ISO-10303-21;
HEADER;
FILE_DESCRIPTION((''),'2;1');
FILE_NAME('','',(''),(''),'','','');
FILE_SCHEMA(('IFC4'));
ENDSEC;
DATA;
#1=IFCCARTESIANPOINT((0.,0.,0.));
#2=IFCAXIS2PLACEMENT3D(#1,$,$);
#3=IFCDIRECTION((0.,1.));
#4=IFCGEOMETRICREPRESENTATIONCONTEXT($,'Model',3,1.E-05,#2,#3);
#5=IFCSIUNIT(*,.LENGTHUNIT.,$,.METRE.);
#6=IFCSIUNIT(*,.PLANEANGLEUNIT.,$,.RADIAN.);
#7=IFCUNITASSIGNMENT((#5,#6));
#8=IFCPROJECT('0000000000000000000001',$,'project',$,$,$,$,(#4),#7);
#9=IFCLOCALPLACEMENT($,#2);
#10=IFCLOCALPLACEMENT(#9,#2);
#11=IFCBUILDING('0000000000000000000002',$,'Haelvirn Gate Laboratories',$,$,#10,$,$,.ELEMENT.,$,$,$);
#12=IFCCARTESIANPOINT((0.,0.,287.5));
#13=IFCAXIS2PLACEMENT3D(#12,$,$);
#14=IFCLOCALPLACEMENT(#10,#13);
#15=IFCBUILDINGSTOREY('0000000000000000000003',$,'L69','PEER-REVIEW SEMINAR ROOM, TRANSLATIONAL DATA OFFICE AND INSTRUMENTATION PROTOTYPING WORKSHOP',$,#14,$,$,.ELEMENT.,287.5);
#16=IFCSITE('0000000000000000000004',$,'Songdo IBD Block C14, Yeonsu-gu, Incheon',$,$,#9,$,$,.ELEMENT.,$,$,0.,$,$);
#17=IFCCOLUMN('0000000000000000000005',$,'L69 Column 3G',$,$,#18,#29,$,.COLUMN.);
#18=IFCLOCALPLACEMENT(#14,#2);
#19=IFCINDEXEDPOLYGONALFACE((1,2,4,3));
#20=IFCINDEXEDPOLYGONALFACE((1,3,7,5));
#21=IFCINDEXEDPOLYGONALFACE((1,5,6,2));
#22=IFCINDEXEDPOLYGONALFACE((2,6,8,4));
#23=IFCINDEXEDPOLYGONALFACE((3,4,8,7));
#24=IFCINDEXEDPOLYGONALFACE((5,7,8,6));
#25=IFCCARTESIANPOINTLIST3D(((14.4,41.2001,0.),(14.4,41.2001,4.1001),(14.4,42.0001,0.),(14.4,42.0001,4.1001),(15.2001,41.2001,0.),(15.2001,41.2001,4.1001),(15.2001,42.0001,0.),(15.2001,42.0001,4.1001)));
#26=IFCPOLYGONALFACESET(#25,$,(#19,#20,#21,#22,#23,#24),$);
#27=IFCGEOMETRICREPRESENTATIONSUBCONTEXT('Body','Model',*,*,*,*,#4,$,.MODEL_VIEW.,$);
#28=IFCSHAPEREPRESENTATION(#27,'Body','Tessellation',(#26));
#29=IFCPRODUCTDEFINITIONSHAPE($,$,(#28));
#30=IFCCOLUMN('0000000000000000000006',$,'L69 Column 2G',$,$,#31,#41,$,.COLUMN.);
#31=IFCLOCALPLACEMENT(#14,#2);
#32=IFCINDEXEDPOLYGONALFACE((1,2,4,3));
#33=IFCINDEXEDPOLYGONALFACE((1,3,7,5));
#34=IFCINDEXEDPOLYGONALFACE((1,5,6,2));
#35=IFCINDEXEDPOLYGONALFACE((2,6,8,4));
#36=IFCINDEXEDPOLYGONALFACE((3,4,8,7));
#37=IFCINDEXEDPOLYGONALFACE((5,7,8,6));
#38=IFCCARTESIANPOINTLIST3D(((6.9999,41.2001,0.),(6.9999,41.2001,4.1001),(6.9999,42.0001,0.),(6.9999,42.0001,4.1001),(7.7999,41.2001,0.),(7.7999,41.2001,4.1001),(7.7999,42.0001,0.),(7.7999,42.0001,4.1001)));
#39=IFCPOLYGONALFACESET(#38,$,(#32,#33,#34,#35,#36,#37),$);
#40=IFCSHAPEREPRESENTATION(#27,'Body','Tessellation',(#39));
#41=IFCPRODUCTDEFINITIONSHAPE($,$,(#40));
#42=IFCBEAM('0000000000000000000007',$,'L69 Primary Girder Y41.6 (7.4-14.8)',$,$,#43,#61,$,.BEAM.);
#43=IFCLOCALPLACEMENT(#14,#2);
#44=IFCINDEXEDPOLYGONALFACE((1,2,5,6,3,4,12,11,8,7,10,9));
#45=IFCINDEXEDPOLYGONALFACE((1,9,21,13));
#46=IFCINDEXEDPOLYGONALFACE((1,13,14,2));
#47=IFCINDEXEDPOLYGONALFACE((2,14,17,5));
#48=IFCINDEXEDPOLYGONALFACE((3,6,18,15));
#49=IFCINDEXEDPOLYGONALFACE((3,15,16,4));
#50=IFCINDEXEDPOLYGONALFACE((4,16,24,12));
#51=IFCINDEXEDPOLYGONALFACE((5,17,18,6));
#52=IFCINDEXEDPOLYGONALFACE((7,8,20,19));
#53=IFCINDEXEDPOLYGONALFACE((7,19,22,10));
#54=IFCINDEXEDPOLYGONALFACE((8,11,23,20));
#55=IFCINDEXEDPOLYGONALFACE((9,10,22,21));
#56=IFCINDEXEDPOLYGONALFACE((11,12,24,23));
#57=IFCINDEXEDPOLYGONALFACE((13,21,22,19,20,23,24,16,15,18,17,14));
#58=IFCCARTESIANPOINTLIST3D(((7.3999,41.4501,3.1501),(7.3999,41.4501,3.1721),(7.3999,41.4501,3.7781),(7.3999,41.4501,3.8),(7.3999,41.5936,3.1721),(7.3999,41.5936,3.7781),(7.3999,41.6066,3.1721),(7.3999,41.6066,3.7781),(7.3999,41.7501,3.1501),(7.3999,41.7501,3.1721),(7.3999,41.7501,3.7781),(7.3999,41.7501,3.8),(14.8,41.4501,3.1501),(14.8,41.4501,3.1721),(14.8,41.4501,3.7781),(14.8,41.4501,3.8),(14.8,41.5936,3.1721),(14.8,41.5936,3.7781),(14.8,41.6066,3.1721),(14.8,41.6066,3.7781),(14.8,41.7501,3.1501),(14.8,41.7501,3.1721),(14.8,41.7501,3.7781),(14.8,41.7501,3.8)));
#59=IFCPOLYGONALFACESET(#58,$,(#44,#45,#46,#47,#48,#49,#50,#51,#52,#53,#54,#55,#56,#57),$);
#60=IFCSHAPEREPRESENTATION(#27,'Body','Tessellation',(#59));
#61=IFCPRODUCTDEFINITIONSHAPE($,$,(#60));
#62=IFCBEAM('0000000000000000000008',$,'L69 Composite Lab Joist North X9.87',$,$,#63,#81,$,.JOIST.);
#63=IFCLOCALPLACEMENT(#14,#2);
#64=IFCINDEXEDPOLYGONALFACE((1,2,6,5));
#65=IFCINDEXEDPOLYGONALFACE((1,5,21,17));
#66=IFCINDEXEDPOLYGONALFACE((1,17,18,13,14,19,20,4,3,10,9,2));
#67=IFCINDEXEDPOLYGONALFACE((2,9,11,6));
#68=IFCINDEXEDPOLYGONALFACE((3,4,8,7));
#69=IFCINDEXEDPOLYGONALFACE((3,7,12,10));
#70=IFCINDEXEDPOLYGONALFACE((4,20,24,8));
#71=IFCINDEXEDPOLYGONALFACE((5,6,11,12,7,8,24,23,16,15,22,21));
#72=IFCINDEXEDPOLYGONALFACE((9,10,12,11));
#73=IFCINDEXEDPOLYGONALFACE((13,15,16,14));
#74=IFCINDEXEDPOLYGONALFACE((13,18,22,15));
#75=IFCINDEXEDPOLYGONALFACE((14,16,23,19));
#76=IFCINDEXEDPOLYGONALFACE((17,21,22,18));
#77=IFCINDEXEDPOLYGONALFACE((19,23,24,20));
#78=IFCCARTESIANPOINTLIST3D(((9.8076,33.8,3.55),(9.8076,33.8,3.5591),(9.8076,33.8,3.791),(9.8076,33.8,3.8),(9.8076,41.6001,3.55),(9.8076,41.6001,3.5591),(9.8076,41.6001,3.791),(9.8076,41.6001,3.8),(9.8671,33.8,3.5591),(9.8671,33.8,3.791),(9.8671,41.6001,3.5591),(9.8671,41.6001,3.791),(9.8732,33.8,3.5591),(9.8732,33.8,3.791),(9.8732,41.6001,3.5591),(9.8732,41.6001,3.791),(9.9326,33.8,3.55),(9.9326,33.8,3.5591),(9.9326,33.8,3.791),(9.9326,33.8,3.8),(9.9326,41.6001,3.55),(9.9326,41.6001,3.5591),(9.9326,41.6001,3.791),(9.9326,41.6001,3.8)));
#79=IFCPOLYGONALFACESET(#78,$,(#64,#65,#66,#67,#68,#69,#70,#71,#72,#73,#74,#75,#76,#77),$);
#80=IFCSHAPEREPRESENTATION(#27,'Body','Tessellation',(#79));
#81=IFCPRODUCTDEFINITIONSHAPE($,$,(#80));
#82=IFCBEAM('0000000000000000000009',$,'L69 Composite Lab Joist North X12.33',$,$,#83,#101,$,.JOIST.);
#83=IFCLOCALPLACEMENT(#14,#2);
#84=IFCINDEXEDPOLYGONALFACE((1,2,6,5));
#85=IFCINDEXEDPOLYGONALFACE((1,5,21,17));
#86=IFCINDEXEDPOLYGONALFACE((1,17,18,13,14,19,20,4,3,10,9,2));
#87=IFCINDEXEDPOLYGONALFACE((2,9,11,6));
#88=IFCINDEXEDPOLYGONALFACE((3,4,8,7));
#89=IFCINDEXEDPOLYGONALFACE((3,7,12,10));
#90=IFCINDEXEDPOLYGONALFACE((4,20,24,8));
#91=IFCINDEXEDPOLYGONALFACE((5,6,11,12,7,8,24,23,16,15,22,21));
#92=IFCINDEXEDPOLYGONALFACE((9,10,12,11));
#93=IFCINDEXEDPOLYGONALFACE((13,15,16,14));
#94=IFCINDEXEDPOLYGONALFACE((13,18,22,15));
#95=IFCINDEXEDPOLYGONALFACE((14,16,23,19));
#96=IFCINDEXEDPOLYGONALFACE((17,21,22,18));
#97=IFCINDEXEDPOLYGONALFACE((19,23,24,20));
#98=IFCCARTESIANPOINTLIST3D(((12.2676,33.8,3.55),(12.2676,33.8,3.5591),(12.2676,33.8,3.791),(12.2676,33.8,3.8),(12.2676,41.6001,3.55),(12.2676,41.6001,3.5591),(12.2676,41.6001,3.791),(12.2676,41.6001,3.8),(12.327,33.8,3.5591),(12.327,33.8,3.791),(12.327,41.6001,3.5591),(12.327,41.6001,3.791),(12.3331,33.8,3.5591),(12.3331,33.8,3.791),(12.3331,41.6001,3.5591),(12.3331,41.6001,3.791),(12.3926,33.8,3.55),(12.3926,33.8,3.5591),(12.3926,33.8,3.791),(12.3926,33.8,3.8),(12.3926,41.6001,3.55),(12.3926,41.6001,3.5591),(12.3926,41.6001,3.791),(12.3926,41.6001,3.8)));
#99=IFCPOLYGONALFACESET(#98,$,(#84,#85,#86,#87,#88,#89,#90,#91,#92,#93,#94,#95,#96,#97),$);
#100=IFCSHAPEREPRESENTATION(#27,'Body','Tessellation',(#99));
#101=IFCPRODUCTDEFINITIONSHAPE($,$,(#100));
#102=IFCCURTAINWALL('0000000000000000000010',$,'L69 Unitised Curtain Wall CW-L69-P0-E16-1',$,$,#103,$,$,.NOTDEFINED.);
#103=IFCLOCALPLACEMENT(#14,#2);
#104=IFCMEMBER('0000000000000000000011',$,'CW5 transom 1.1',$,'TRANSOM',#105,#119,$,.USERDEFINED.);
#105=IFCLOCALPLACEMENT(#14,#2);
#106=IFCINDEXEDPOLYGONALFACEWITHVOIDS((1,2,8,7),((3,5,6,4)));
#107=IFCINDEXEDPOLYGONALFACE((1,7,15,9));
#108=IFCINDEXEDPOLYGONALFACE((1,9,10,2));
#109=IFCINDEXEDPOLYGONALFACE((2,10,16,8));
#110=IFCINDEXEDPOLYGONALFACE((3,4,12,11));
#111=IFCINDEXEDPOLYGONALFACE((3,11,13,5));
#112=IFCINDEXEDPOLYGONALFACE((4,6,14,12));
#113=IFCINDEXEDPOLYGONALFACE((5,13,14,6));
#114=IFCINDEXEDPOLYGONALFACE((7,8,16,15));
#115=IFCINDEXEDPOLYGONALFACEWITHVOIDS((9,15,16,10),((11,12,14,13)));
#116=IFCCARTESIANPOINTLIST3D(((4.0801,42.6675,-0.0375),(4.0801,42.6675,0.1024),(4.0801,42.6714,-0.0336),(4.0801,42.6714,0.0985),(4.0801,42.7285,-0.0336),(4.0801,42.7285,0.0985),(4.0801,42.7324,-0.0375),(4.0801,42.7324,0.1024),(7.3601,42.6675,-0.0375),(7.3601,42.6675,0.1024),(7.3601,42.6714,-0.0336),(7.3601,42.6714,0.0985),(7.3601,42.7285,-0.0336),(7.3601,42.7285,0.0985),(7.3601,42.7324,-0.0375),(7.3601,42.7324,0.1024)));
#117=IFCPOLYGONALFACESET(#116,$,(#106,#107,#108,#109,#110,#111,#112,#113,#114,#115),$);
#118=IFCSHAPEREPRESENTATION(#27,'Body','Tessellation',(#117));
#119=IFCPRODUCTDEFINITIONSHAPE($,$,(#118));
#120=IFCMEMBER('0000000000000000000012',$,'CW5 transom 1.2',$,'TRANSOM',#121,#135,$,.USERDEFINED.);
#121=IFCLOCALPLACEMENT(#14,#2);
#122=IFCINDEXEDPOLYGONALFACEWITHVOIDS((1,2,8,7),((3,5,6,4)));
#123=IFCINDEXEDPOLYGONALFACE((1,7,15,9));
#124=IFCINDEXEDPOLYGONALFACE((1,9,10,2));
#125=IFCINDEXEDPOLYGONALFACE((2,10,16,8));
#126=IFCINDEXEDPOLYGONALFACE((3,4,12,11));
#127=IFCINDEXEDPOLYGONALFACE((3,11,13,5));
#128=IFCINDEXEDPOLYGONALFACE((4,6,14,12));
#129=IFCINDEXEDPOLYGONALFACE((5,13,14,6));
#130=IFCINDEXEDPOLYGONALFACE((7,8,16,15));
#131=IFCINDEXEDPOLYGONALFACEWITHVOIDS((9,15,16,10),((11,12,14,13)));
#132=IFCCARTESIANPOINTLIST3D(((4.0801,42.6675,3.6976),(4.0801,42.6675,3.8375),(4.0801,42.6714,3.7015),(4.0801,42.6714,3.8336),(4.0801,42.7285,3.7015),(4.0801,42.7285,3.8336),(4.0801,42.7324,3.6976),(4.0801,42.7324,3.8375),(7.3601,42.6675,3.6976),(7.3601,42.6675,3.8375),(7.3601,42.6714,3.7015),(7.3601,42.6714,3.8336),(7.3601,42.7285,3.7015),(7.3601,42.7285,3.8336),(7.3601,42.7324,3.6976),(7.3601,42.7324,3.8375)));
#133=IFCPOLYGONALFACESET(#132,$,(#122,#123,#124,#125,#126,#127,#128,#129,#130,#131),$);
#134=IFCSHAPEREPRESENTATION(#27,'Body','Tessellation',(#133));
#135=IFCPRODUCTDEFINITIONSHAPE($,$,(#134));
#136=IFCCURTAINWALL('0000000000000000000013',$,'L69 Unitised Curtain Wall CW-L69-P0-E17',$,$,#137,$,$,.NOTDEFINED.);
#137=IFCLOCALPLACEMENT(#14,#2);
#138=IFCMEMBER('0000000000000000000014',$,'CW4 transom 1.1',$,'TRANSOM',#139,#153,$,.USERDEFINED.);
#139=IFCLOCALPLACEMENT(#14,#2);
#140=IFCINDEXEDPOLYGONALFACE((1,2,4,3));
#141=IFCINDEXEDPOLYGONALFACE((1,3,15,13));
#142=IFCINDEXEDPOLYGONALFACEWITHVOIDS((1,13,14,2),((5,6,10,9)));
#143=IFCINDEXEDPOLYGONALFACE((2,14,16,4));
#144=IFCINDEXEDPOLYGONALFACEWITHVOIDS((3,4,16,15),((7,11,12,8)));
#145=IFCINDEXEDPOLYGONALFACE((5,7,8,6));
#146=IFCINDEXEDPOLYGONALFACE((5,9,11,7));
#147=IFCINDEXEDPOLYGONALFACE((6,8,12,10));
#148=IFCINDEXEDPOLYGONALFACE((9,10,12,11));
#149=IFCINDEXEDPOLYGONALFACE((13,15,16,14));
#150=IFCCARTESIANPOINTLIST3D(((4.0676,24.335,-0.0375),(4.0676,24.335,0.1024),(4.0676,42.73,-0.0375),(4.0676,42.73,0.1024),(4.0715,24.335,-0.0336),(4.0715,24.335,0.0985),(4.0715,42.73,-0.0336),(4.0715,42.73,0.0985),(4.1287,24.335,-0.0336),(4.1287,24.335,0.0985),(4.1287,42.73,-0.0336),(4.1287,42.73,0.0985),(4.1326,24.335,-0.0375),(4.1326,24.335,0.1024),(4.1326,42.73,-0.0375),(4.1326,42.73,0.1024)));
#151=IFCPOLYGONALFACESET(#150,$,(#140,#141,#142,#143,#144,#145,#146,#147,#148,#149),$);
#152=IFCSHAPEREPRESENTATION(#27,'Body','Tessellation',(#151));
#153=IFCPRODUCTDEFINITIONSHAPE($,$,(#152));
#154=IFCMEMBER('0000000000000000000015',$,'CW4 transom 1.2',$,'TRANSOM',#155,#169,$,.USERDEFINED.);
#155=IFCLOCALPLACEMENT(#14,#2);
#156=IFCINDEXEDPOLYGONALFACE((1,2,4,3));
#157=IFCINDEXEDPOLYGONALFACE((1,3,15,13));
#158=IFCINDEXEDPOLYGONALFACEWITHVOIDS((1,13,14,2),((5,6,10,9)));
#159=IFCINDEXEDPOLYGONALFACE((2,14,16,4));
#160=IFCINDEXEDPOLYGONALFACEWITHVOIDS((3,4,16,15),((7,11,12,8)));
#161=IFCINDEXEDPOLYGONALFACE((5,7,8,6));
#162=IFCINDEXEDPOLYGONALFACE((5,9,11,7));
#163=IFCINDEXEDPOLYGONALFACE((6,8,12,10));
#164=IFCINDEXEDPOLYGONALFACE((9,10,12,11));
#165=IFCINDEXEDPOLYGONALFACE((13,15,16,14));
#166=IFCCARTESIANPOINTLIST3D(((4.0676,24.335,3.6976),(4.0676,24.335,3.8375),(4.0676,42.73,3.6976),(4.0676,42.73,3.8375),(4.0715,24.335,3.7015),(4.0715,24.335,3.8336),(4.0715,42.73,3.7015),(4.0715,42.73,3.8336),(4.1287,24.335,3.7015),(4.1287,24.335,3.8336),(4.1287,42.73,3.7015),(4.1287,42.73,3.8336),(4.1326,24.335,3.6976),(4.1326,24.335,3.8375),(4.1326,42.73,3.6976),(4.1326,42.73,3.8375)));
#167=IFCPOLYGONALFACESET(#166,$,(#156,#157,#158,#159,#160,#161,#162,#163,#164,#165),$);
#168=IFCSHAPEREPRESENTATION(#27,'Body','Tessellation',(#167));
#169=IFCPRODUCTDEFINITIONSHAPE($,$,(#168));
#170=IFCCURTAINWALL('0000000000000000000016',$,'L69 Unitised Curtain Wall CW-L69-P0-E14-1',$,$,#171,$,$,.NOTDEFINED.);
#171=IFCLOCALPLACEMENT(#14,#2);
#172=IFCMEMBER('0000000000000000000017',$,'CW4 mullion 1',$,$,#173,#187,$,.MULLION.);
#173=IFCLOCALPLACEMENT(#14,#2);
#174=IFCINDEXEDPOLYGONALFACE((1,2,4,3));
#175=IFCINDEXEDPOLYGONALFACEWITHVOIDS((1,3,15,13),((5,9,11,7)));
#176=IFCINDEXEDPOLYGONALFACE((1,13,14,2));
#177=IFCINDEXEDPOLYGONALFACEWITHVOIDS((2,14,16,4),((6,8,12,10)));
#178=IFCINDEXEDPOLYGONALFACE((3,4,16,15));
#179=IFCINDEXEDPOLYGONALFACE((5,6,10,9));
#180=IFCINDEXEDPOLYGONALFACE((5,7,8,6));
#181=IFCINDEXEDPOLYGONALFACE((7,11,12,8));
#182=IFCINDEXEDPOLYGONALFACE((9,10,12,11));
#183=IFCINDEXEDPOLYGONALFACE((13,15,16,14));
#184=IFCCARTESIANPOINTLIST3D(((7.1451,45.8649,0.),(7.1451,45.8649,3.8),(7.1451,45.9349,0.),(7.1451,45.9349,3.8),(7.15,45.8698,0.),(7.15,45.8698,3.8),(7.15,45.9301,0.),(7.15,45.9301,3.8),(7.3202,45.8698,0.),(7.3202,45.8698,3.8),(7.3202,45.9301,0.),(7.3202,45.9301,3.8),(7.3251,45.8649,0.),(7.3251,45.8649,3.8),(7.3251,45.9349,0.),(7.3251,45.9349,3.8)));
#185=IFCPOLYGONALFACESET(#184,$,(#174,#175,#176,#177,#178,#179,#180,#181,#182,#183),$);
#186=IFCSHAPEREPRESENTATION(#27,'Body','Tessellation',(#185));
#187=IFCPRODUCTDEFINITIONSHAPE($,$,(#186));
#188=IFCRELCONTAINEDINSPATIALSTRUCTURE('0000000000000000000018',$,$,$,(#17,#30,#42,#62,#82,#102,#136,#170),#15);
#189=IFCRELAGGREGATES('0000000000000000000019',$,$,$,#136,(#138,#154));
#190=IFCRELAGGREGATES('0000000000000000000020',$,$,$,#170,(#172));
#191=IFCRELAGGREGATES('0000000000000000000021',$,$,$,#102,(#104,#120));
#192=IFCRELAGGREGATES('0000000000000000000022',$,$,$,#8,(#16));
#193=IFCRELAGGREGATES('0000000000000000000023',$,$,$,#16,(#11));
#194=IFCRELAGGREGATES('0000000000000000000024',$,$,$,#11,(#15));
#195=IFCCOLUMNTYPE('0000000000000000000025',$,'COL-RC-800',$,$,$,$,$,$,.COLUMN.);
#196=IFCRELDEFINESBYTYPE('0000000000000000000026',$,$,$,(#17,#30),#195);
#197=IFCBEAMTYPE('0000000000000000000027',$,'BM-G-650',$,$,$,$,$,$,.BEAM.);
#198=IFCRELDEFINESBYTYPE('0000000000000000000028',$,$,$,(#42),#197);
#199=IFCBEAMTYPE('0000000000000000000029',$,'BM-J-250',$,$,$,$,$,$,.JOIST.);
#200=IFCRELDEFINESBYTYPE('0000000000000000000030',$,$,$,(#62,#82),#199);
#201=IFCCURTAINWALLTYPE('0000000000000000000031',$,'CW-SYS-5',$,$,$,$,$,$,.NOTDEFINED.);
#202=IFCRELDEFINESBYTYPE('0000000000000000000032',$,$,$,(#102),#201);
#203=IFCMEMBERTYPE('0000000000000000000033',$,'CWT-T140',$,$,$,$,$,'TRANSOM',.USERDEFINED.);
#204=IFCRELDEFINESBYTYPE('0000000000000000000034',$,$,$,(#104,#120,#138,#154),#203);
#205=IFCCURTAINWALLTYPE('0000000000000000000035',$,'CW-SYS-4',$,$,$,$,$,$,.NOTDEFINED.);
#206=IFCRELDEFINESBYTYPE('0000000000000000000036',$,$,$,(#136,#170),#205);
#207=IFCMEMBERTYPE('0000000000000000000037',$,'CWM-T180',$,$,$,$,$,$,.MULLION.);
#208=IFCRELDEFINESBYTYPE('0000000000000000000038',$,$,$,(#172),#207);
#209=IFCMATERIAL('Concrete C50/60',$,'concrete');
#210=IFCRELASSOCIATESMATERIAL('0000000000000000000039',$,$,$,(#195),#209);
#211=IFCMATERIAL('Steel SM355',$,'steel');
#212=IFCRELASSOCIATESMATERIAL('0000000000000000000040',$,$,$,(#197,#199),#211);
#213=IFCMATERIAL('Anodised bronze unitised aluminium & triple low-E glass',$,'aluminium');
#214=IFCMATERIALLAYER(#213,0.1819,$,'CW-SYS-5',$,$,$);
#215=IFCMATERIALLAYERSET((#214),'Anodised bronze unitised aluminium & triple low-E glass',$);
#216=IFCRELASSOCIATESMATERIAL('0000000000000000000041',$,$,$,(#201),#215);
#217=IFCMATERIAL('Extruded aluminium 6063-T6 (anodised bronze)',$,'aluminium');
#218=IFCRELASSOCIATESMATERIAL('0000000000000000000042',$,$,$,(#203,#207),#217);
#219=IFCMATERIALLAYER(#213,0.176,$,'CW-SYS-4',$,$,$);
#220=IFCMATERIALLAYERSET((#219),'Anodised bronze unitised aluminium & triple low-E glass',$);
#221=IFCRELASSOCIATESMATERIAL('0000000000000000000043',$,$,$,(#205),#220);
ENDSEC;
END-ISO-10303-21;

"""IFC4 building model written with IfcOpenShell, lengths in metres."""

from ifc_helpers import new_model, si_unit, direction, frame, origin, origin_2d, place, context, subcontext, project, spatial, rectangle, hollow_rectangle, i_section, extrude, source, transform, mapped, material, layer, layer_set, material_profile, profile_set, type_object, type_shapes, element, aggregate, save


model = new_model("IFC4")

# Units and contexts
model_context = context("Model", 3, precision=1e-05, world=origin(), true_north=direction((0.0, 1.0)))
body_context = subcontext(model_context, "Body", "Model", "MODEL_VIEW")
ifc_project = project(units=[si_unit("LENGTHUNIT", "METRE"), si_unit("PLANEANGLEUNIT", "RADIAN")], contexts=[model_context])

# Site, building, storey
site_placement = place(None, origin())
site = spatial("IfcSite", under=ifc_project, at=site_placement, Name="Songdo IBD Block C14, Yeonsu-gu, Incheon", CompositionType="ELEMENT", RefElevation=0.0)
building_placement = place(site_placement, origin())
building = spatial("IfcBuilding", under=site, at=building_placement, Name="Haelvirn Gate Laboratories", CompositionType="ELEMENT")
storey_placement = place(building_placement, frame((0.0, 0.0, 287.5)))
storey = spatial("IfcBuildingStorey", under=building, at=storey_placement, Name="L69", Description="PEER-REVIEW SEMINAR ROOM, TRANSLATIONAL DATA OFFICE AND INSTRUMENTATION PROTOTYPING WORKSHOP", CompositionType="ELEMENT", Elevation=287.5)

# Columns
ifc_material_1 = material(Name="Concrete C50/60", Category="concrete")
ifc_material_profile_1 = material_profile(ifc_material_1, rectangle(XDim=0.8, YDim=0.8, at=origin_2d()), Name="RC-800x800")
ifc_profile_set_1 = profile_set([ifc_material_profile_1], Name="Concrete C50/60")
column_type = type_object("IfcColumnType", Name="COL-RC-800", PredefinedType="COLUMN", material=ifc_profile_set_1)
shared_shape_1 = source(origin(), body_context, "Body", "SweptSolid", [
    extrude(rectangle(XDim=0.8, YDim=0.8, at=origin_2d()), origin(), (0.0, 0.0, 1.0), 4.1001),
])
type_shapes(column_type, [shared_shape_1])
for number, where, z_axis, x_axis, name in (
    (1, (14.8, 41.6001, 0.0), (0.0, 0.0, 1.0), (1.0, 0.0, 0.0), "L69 Column 3G"),
    (2, (7.3999, 41.6001, 0.0), (0.0, 0.0, 1.0), (1.0, 0.0, 0.0), "L69 Column 2G"),
):
    element("IfcColumn", number, at=place(storey_placement, frame(where, z_axis=z_axis, x_axis=x_axis)), inside=storey, type_object=column_type, Name=name, PredefinedType="COLUMN", context=body_context, shape_type="MappedRepresentation", body=[
        mapped(shared_shape_1, transform((0.0, 0.0, 0.0), scale=1.0)),
    ])

# Beams
ifc_material_2 = material(Name="Steel SM355", Category="steel")
ifc_material_profile_2 = material_profile(ifc_material_2, i_section(OverallWidth=0.3, OverallDepth=0.6499, WebThickness=0.0129, FlangeThickness=0.022, at=origin_2d()), Name="H-650x300x13x22")
ifc_profile_set_2 = profile_set([ifc_material_profile_2], Name="Steel SM355")
beam_type_1 = type_object("IfcBeamType", Name="BM-G-650", PredefinedType="BEAM", material=ifc_profile_set_2)
shared_shape_2 = source(origin(), body_context, "Body", "SweptSolid", [
    extrude(i_section(OverallWidth=0.3, OverallDepth=0.6499, WebThickness=0.0129, FlangeThickness=0.022, at=origin_2d()), origin(), (0.0, 0.0, 1.0), 7.4001),
])
type_shapes(beam_type_1, [shared_shape_2])
beam_placement = place(storey_placement, frame((7.3999, 41.6001, 3.4751), z_axis=(1.0, 0.0, 0.0), x_axis=(0.0, 1.0, 0.0)))
element("IfcBeam", 3, at=beam_placement, inside=storey, type_object=beam_type_1, Name="L69 Primary Girder Y41.6 (7.4-14.8)", PredefinedType="BEAM", context=body_context, shape_type="MappedRepresentation", body=[
    mapped(shared_shape_2, transform((0.0, 0.0, 0.0), scale=1.0)),
])
ifc_material_profile_3 = material_profile(ifc_material_2, i_section(OverallWidth=0.125, OverallDepth=0.25, WebThickness=0.0061, FlangeThickness=0.009, at=origin_2d()), Name="H-250x125x6x9")
ifc_profile_set_3 = profile_set([ifc_material_profile_3], Name="Steel SM355")
beam_type_2 = type_object("IfcBeamType", Name="BM-J-250", PredefinedType="JOIST", material=ifc_profile_set_3)
shared_shape_3 = source(origin(), body_context, "Body", "SweptSolid", [
    extrude(i_section(OverallWidth=0.125, OverallDepth=0.25, WebThickness=0.0061, FlangeThickness=0.009, at=origin_2d()), origin(), (0.0, 0.0, 1.0), 7.8),
])
type_shapes(beam_type_2, [shared_shape_3])
for number, where, z_axis, x_axis, name in (
    (4, (9.8701, 33.8, 3.675), (0.0, 1.0, 0.0), (-1.0, 0.0, 0.0), "L69 Composite Lab Joist North X9.87"),
    (5, (12.3301, 33.8, 3.675), (0.0, 1.0, 0.0), (-1.0, 0.0, 0.0), "L69 Composite Lab Joist North X12.33"),
):
    element("IfcBeam", number, at=place(storey_placement, frame(where, z_axis=z_axis, x_axis=x_axis)), inside=storey, type_object=beam_type_2, Name=name, PredefinedType="JOIST", context=body_context, shape_type="MappedRepresentation", body=[
        mapped(shared_shape_3, transform((0.0, 0.0, 0.0), scale=1.0)),
    ])

# Curtain walls, members
ifc_material_3 = material(Name="Anodised bronze unitised aluminium & triple low-E glass", Category="aluminium")
ifc_layer_1 = layer(ifc_material_3, 0.1819, Name="CW-SYS-5")
ifc_layer_set_1 = layer_set([ifc_layer_1], Name="Anodised bronze unitised aluminium & triple low-E glass")
curtain_wall_type_1 = type_object("IfcCurtainWallType", Name="CW-SYS-5", PredefinedType="NOTDEFINED", material=ifc_layer_set_1)
curtain_wall_1_placement = place(storey_placement, origin())
curtain_wall_1 = element("IfcCurtainWall", 6, at=curtain_wall_1_placement, inside=storey, type_object=curtain_wall_type_1, Name="L69 Unitised Curtain Wall CW-L69-P0-E16-1", PredefinedType="NOTDEFINED")
ifc_material_4 = material(Name="Extruded aluminium 6063-T6 (anodised bronze)", Category="aluminium")
ifc_material_profile_4 = material_profile(ifc_material_4, hollow_rectangle(XDim=0.0649, YDim=0.1399, WallThickness=0.0039, at=origin_2d()), Name="CWT-140x65x4")
ifc_profile_set_4 = profile_set([ifc_material_profile_4], Name="Extruded aluminium 6063-T6 (anodised bronze)")
member_type_1 = type_object("IfcMemberType", Name="CWT-T140", ElementType="TRANSOM", PredefinedType="USERDEFINED", material=ifc_profile_set_4)
shared_shape_4 = source(origin(), body_context, "Body", "SweptSolid", [
    extrude(hollow_rectangle(XDim=0.0649, YDim=0.1399, WallThickness=0.0039, at=origin_2d()), origin(), (0.0, 0.0, 1.0), 3.28),
])
member_1_placement = place(storey_placement, frame((4.0801, 42.7, 0.0325), z_axis=(1.0, 0.0, 0.0), x_axis=(0.0, 1.0, 0.0)))
member_1 = element("IfcMember", 7, at=member_1_placement, type_object=member_type_1, Name="CW5 transom 1.1", ObjectType="TRANSOM", PredefinedType="USERDEFINED", context=body_context, shape_type="MappedRepresentation", body=[
    mapped(shared_shape_4, transform((0.0, 0.0, 0.0), scale=1.0)),
])
member_2_placement = place(storey_placement, frame((4.0801, 42.7, 3.7676), z_axis=(1.0, 0.0, 0.0), x_axis=(0.0, 1.0, 0.0)))
member_2 = element("IfcMember", 8, at=member_2_placement, type_object=member_type_1, Name="CW5 transom 1.2", ObjectType="TRANSOM", PredefinedType="USERDEFINED", context=body_context, shape_type="MappedRepresentation", body=[
    mapped(shared_shape_4, transform((0.0, 0.0, 0.0), scale=1.0)),
])
ifc_layer_2 = layer(ifc_material_3, 0.176, Name="CW-SYS-4")
ifc_layer_set_2 = layer_set([ifc_layer_2], Name="Anodised bronze unitised aluminium & triple low-E glass")
curtain_wall_type_2 = type_object("IfcCurtainWallType", Name="CW-SYS-4", PredefinedType="NOTDEFINED", material=ifc_layer_set_2)
curtain_wall_2_placement = place(storey_placement, origin())
curtain_wall_2 = element("IfcCurtainWall", 9, at=curtain_wall_2_placement, inside=storey, type_object=curtain_wall_type_2, Name="L69 Unitised Curtain Wall CW-L69-P0-E17", PredefinedType="NOTDEFINED")
shared_shape_5 = source(origin(), body_context, "Body", "SweptSolid", [
    extrude(hollow_rectangle(XDim=0.0649, YDim=0.1399, WallThickness=0.0039, at=origin_2d()), origin(), (0.0, 0.0, 1.0), 18.395),
])
member_3_placement = place(storey_placement, frame((4.1001, 42.73, 0.0325), z_axis=(0.0, -1.0, 0.0), x_axis=(1.0, 0.0, 0.0)))
member_3 = element("IfcMember", 10, at=member_3_placement, type_object=member_type_1, Name="CW4 transom 1.1", ObjectType="TRANSOM", PredefinedType="USERDEFINED", context=body_context, shape_type="MappedRepresentation", body=[
    mapped(shared_shape_5, transform((0.0, 0.0, 0.0), scale=1.0)),
])
member_4_placement = place(storey_placement, frame((4.1001, 42.73, 3.7676), z_axis=(0.0, -1.0, 0.0), x_axis=(1.0, 0.0, 0.0)))
member_4 = element("IfcMember", 11, at=member_4_placement, type_object=member_type_1, Name="CW4 transom 1.2", ObjectType="TRANSOM", PredefinedType="USERDEFINED", context=body_context, shape_type="MappedRepresentation", body=[
    mapped(shared_shape_5, transform((0.0, 0.0, 0.0), scale=1.0)),
])

# Curtain wall, member
curtain_wall_3_placement = place(storey_placement, origin())
curtain_wall_3 = element("IfcCurtainWall", 12, at=curtain_wall_3_placement, inside=storey, type_object=curtain_wall_type_2, Name="L69 Unitised Curtain Wall CW-L69-P0-E14-1", PredefinedType="NOTDEFINED")
ifc_material_profile_5 = material_profile(ifc_material_4, hollow_rectangle(XDim=0.0701, YDim=0.1799, WallThickness=0.0049, at=origin_2d()), Name="CWM-180x70x5")
ifc_profile_set_5 = profile_set([ifc_material_profile_5], Name="Extruded aluminium 6063-T6 (anodised bronze)")
member_type_2 = type_object("IfcMemberType", Name="CWM-T180", PredefinedType="MULLION", material=ifc_profile_set_5)
shared_shape_6 = source(origin(), body_context, "Body", "SweptSolid", [
    extrude(hollow_rectangle(XDim=0.0701, YDim=0.1799, WallThickness=0.0049, at=origin_2d()), origin(), (0.0, 0.0, 1.0), 3.8),
])
type_shapes(member_type_2, [shared_shape_6])
member_5_placement = place(storey_placement, frame((7.2351, 45.8999, 0.0), z_axis=(0.0, 0.0, 1.0), x_axis=(0.0, 1.0, 0.0)))
member_5 = element("IfcMember", 13, at=member_5_placement, type_object=member_type_2, Name="CW4 mullion 1", PredefinedType="MULLION", context=body_context, shape_type="MappedRepresentation", body=[
    mapped(shared_shape_6, transform((0.0, 0.0, 0.0), scale=1.0)),
])

aggregate(curtain_wall_2, [member_3, member_4])

aggregate(curtain_wall_3, [member_5])
aggregate(curtain_wall_1, [member_1, member_2])

save(model, "model.ifc")
